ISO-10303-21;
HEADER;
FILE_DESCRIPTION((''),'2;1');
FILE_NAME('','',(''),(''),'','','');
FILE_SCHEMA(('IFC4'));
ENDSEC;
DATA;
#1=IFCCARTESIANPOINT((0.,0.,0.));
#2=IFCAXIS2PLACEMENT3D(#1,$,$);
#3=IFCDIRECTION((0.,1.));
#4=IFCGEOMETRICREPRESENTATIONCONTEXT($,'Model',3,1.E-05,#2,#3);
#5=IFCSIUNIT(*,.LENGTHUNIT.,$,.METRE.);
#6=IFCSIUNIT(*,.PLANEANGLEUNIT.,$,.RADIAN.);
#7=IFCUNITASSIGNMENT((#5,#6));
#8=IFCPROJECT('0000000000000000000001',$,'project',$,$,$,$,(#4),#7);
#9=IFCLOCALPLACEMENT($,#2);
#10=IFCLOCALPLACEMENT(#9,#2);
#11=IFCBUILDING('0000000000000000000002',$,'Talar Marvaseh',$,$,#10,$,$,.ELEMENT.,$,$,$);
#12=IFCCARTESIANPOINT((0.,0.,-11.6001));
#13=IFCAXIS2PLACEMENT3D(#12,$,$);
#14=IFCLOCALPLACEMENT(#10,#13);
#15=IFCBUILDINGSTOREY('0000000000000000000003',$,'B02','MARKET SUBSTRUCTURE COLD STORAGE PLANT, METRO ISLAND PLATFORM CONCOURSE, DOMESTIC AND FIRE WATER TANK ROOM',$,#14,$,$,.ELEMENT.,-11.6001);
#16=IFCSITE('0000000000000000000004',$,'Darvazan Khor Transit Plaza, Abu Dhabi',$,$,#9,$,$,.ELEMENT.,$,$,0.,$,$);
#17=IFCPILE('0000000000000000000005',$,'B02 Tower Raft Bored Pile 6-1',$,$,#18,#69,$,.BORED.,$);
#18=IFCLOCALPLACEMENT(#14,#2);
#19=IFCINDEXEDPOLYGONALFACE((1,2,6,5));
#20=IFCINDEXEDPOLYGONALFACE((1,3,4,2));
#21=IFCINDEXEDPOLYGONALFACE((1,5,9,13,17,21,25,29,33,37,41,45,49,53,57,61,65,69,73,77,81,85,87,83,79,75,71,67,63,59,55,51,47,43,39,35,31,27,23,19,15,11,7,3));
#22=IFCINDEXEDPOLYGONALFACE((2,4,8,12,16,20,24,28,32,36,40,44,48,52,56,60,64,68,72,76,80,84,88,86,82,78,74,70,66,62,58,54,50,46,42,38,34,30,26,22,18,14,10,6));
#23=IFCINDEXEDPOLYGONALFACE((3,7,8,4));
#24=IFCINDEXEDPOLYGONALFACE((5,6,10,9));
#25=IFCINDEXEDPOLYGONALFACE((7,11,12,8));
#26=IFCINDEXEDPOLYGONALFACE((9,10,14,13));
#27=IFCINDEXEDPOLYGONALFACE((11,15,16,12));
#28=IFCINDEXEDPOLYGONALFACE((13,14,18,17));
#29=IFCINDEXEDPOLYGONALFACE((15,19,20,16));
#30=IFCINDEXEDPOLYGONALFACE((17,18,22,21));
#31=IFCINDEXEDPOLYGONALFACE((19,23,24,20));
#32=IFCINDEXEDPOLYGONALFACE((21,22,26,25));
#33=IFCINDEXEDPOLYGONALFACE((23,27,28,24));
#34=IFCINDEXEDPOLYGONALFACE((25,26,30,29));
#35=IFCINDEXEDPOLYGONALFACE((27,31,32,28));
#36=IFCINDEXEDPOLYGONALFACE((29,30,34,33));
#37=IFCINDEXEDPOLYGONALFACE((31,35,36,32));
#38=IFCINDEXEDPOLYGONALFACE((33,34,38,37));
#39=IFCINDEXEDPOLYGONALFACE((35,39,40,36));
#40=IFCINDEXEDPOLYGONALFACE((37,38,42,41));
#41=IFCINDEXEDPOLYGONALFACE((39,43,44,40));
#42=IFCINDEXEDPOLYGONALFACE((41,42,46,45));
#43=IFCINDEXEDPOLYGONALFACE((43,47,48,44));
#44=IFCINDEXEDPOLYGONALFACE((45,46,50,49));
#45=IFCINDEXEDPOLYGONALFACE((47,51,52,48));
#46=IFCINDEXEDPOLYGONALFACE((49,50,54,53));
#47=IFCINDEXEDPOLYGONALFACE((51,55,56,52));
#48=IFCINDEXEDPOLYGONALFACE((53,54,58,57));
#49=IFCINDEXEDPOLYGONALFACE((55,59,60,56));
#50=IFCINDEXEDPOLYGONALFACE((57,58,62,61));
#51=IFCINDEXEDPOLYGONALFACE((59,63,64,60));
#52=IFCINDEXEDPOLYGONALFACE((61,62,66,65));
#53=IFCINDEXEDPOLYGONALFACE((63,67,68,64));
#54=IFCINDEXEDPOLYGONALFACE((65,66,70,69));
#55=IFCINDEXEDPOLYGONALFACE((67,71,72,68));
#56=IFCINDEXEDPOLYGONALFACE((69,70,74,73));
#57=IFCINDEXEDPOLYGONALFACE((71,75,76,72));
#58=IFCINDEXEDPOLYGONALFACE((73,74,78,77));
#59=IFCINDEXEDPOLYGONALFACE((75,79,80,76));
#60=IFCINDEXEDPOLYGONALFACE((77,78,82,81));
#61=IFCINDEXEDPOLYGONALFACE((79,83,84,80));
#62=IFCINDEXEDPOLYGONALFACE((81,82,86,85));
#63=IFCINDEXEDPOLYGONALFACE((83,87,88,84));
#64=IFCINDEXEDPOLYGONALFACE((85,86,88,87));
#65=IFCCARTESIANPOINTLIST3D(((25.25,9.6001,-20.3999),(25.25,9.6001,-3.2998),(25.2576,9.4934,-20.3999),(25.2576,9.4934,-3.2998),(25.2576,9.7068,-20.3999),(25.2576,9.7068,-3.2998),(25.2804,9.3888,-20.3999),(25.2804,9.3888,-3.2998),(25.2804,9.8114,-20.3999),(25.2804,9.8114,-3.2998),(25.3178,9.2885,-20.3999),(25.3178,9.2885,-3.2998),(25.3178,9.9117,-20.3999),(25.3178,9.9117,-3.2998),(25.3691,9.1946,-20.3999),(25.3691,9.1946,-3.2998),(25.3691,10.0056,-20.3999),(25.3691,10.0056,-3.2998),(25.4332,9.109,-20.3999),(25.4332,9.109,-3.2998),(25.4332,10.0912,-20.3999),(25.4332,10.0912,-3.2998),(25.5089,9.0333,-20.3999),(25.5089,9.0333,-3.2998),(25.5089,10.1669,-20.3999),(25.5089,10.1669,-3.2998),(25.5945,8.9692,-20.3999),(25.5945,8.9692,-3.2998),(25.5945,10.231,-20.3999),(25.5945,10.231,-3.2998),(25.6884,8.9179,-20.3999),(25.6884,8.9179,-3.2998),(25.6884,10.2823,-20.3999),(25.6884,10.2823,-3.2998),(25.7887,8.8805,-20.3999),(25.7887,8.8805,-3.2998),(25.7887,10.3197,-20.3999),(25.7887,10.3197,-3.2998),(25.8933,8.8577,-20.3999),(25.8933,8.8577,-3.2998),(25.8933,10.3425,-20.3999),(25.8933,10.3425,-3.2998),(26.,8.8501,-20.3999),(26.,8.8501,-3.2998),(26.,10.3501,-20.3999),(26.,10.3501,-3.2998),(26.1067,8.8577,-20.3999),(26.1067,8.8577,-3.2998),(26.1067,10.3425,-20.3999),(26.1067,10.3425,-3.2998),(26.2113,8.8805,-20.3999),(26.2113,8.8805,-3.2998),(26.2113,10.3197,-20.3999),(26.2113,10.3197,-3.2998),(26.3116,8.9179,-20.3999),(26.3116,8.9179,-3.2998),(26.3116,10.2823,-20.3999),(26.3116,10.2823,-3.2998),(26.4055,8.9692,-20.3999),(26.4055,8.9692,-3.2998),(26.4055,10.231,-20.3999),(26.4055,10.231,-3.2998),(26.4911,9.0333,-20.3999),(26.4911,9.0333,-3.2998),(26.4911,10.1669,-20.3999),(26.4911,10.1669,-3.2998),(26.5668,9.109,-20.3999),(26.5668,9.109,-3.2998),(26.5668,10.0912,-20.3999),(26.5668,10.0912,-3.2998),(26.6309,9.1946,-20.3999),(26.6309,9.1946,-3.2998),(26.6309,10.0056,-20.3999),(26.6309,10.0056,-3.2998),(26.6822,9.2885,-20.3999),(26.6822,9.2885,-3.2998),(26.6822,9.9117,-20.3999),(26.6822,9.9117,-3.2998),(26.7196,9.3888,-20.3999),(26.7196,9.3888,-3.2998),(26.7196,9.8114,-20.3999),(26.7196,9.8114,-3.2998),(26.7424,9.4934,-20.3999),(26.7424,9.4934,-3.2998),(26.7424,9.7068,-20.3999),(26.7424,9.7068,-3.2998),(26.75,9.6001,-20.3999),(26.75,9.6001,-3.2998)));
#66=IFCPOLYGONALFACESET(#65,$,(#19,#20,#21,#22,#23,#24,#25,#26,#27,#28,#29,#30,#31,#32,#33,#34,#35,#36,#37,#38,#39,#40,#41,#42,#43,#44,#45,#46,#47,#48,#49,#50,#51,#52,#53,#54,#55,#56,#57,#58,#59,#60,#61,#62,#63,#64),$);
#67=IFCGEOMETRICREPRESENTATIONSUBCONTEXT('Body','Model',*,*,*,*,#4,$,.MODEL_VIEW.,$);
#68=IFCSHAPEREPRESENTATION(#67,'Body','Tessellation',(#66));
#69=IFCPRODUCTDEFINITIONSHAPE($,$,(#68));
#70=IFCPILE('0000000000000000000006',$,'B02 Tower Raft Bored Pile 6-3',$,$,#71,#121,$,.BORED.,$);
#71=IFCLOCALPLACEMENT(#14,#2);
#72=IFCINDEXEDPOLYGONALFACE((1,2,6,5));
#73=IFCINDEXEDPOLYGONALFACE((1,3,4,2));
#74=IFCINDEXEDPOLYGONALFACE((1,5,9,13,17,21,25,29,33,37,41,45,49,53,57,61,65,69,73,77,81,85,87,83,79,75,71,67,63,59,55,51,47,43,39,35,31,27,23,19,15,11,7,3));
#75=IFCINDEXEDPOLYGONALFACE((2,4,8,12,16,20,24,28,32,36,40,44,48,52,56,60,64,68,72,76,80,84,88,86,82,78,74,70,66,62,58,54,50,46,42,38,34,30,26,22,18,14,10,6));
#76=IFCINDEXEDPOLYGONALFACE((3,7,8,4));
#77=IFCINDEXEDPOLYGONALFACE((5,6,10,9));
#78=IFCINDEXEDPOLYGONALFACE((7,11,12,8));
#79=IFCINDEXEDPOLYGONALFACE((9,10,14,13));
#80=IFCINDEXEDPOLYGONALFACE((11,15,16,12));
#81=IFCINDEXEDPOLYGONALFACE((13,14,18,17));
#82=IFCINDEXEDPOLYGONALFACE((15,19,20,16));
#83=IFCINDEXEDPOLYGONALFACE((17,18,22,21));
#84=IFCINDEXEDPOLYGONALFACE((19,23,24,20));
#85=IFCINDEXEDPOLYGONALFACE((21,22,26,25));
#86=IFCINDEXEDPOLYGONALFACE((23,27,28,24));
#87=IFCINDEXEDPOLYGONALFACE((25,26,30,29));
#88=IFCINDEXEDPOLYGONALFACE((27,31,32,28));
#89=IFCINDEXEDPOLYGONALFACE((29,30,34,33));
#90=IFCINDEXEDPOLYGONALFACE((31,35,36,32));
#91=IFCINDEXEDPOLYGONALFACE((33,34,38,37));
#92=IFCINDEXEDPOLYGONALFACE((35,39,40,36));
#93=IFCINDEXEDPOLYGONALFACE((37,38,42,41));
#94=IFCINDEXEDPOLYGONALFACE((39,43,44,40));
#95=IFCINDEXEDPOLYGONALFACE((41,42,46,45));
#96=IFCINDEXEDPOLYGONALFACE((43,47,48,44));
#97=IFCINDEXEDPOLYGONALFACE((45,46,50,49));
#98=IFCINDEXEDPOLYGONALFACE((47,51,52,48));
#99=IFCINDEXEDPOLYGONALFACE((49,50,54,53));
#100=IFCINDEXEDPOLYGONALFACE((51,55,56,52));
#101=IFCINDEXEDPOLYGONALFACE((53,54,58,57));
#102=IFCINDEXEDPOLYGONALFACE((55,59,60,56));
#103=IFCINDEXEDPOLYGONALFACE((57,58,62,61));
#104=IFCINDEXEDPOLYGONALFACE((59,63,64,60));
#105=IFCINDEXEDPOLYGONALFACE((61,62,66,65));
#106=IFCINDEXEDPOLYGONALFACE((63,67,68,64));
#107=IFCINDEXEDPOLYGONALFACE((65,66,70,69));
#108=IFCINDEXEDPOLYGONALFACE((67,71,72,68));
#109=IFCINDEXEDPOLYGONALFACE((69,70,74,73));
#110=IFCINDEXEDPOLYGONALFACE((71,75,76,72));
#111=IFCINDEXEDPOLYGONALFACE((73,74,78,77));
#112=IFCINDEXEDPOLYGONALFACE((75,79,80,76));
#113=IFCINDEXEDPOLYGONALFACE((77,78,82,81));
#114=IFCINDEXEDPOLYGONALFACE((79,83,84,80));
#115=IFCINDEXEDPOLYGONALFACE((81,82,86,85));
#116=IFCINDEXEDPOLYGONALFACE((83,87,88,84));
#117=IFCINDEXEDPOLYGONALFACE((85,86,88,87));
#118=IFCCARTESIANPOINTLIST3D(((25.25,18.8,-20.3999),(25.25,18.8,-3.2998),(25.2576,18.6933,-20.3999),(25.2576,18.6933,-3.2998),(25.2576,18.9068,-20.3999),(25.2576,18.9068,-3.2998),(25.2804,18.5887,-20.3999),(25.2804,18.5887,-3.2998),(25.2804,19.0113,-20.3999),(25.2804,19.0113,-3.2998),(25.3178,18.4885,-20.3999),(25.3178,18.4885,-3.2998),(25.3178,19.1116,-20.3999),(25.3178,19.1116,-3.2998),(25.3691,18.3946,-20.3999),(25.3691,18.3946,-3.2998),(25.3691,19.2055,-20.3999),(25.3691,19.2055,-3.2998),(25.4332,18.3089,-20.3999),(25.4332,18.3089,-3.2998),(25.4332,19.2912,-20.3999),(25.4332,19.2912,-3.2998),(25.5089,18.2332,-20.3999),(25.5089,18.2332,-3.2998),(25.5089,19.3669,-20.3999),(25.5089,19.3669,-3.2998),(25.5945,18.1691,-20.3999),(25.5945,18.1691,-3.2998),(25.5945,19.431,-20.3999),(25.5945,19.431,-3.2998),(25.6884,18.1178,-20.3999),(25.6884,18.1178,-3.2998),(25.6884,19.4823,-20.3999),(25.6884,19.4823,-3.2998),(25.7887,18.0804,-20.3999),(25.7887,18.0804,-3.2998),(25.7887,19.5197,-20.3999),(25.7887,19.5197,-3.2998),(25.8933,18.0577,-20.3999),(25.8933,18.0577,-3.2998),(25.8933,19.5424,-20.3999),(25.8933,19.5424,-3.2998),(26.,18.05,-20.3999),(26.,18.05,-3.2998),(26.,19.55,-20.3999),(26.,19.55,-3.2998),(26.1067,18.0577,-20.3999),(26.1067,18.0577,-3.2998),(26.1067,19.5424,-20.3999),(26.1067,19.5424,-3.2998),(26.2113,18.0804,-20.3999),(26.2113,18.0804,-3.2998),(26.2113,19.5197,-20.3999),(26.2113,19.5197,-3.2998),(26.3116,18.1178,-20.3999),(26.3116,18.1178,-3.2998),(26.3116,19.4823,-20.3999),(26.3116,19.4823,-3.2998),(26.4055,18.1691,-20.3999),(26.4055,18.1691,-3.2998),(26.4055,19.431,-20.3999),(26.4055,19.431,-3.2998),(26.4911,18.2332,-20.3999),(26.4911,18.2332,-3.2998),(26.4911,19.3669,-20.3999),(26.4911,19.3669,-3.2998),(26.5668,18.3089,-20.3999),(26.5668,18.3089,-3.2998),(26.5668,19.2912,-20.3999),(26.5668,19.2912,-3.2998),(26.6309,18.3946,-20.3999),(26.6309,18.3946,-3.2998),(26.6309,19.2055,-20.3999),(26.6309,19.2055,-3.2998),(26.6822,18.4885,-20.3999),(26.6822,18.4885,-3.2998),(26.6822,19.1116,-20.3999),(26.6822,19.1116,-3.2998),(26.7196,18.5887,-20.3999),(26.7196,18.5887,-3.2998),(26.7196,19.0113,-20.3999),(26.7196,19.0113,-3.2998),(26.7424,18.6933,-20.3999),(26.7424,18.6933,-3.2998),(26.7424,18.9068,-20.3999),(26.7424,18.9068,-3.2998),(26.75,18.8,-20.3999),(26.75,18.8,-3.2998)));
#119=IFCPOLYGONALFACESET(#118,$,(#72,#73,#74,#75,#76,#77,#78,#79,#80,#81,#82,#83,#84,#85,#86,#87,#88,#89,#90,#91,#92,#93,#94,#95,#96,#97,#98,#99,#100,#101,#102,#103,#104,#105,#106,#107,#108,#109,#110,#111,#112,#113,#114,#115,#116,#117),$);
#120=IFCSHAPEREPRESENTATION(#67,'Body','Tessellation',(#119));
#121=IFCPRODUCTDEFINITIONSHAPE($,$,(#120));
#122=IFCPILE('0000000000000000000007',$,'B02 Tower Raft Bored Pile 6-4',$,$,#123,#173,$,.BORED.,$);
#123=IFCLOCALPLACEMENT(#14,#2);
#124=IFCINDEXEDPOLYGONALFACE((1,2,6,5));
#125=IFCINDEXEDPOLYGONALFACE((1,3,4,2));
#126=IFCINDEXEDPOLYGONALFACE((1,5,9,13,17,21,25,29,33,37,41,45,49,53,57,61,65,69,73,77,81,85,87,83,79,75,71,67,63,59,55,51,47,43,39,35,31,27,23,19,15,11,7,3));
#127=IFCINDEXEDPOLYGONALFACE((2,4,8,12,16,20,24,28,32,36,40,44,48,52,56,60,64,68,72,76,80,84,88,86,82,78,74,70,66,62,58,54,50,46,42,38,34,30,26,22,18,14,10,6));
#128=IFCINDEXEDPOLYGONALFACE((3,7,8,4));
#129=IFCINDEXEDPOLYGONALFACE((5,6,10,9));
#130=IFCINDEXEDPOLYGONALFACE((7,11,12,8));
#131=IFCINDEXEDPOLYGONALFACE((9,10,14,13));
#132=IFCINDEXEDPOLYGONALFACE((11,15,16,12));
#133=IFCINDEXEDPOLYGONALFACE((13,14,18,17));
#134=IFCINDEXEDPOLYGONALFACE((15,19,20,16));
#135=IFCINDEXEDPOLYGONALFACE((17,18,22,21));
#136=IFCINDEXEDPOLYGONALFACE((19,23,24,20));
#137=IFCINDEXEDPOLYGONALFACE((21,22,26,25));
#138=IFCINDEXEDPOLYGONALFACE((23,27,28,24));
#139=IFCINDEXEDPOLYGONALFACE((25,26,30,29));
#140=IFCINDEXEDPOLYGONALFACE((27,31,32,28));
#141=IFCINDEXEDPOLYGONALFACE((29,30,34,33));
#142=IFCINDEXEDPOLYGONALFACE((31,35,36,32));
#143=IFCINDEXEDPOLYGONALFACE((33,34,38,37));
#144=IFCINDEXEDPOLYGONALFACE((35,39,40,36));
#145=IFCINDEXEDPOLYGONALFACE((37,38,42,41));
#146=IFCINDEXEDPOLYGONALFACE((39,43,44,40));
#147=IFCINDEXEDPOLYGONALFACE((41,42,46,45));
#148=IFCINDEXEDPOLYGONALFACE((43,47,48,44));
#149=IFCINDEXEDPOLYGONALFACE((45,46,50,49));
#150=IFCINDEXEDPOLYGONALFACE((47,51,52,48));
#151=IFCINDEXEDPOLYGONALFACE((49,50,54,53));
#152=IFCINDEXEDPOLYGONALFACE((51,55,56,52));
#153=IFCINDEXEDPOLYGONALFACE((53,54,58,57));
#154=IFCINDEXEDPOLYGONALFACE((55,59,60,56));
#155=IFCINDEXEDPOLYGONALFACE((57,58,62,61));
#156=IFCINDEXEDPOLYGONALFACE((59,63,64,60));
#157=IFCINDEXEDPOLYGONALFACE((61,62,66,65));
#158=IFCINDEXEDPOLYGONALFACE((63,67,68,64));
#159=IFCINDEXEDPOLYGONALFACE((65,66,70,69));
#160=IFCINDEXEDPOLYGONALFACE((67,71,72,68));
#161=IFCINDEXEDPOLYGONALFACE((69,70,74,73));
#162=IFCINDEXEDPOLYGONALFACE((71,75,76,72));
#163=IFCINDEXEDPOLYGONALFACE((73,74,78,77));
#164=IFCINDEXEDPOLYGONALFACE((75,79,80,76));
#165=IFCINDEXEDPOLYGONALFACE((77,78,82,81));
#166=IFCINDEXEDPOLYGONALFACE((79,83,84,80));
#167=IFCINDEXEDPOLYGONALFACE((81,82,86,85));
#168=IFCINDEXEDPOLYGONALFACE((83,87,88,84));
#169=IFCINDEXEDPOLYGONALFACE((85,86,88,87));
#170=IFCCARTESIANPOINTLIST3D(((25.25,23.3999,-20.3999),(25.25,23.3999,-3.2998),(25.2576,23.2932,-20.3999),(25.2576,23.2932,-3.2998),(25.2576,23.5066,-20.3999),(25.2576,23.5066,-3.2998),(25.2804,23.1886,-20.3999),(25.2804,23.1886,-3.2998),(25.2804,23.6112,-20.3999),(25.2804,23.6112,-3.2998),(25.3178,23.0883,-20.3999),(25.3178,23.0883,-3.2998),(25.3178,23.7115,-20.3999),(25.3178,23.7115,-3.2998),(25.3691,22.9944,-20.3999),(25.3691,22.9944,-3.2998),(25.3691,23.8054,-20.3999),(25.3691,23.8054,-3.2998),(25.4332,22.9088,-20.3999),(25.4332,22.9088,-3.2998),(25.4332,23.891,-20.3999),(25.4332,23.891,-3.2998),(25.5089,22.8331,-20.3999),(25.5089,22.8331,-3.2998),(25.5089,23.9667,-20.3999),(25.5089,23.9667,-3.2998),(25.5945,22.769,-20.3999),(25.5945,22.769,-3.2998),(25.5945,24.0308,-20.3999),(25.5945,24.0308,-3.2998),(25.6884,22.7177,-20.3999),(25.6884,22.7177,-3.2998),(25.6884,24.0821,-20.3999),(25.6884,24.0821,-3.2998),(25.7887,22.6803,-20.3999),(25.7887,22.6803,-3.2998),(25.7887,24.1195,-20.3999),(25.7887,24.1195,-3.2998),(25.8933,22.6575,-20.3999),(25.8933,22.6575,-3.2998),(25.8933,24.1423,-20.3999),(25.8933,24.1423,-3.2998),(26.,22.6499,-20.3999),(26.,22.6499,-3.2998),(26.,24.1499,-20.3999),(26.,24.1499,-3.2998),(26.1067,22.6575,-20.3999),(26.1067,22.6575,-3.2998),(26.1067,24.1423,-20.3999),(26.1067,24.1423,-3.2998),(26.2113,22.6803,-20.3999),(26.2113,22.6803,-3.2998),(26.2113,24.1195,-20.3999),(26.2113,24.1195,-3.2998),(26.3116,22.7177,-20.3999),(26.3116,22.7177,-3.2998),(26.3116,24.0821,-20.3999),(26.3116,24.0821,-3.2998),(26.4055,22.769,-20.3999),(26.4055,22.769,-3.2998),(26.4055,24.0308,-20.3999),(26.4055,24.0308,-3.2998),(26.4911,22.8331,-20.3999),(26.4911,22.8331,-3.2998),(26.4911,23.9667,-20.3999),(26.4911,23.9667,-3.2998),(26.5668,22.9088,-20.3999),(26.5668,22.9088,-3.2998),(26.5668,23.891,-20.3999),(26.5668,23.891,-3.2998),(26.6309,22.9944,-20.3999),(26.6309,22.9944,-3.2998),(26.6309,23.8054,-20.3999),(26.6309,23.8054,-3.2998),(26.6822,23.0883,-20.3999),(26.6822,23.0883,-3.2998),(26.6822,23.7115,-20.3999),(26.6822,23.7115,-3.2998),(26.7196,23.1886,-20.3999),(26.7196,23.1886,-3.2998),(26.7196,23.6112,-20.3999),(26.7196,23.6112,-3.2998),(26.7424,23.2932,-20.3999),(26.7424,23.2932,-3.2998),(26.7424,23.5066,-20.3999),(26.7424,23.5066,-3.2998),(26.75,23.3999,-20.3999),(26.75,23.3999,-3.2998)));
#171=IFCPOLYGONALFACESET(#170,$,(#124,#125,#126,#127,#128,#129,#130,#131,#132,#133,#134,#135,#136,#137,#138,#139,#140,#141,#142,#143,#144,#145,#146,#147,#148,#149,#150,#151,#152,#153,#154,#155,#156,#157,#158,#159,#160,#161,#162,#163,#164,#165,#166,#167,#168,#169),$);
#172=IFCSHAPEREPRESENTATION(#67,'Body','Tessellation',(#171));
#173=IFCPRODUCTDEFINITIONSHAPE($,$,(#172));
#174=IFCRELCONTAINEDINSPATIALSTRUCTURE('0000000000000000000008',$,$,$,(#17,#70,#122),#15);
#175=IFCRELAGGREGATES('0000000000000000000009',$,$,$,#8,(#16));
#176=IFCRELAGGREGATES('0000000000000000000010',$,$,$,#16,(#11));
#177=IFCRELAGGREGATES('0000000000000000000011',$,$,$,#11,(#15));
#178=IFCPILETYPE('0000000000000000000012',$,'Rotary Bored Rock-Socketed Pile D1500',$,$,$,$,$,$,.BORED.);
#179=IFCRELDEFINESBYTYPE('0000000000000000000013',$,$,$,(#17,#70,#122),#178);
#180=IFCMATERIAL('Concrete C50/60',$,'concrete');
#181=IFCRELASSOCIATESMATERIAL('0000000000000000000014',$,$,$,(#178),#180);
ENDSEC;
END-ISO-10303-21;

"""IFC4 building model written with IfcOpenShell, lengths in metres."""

from ifc_helpers import new_model, si_unit, direction, frame, origin, origin_2d, place, context, subcontext, project, spatial, circle, extrude, source, transform, mapped, material, material_profile, profile_set, type_object, type_shapes, element, save


model = new_model("IFC4")

# Units and contexts
model_context = context("Model", 3, precision=1e-05, world=origin(), true_north=direction((0.0, 1.0)))
body_context = subcontext(model_context, "Body", "Model", "MODEL_VIEW")
ifc_project = project(units=[si_unit("LENGTHUNIT", "METRE"), si_unit("PLANEANGLEUNIT", "RADIAN")], contexts=[model_context])

# Site, building, storey
site_placement = place(None, origin())
site = spatial("IfcSite", under=ifc_project, at=site_placement, Name="Darvazan Khor Transit Plaza, Abu Dhabi", CompositionType="ELEMENT", RefElevation=0.0)
building_placement = place(site_placement, origin())
building = spatial("IfcBuilding", under=site, at=building_placement, Name="Talar Marvaseh", CompositionType="ELEMENT")
storey_placement = place(building_placement, frame((0.0, 0.0, -11.6001)))
storey = spatial("IfcBuildingStorey", under=building, at=storey_placement, Name="B02", Description="MARKET SUBSTRUCTURE COLD STORAGE PLANT, METRO ISLAND PLATFORM CONCOURSE, DOMESTIC AND FIRE WATER TANK ROOM", CompositionType="ELEMENT", Elevation=-11.6001)

# Piles
ifc_material_1 = material(Name="Concrete C50/60", Category="concrete")
ifc_material_profile_1 = material_profile(ifc_material_1, circle(Radius=0.75, at=origin_2d()), Name="PILE-D1500")
ifc_profile_set_1 = profile_set([ifc_material_profile_1], Name="Concrete C50/60")
pile_type_1 = type_object("IfcPileType", Name="Rotary Bored Rock-Socketed Pile D1500", PredefinedType="BORED", material=ifc_profile_set_1)
shared_shape_1 = source(origin(), body_context, "Body", "SweptSolid", [
    extrude(circle(Radius=0.75, at=origin_2d()), origin(), (0.0, 0.0, 1.0), 17.1001),
])
type_shapes(pile_type_1, [shared_shape_1])
for number, where, z_axis, x_axis, name in (
    (1, (26.0, 9.6001, -3.2998), (0.0, 0.0, -1.0), (1.0, 0.0, 0.0), "B02 Tower Raft Bored Pile 6-1"),
    (2, (26.0, 18.8, -3.2998), (0.0, 0.0, -1.0), (1.0, 0.0, 0.0), "B02 Tower Raft Bored Pile 6-3"),
    (3, (26.0, 23.3999, -3.2998), (0.0, 0.0, -1.0), (1.0, 0.0, 0.0), "B02 Tower Raft Bored Pile 6-4"),
):
    element("IfcPile", number, at=place(storey_placement, frame(where, z_axis=z_axis, x_axis=x_axis)), inside=storey, type_object=pile_type_1, Name=name, PredefinedType="BORED", context=body_context, shape_type="MappedRepresentation", body=[
        mapped(shared_shape_1, transform((0.0, 0.0, 0.0), x_axis=(1.0, 0.0, 0.0), y_axis=(0.0, 1.0, 0.0), z_axis=(0.0, 0.0, 1.0), scale=1.0)),
    ])

save(model, "model.ifc")
